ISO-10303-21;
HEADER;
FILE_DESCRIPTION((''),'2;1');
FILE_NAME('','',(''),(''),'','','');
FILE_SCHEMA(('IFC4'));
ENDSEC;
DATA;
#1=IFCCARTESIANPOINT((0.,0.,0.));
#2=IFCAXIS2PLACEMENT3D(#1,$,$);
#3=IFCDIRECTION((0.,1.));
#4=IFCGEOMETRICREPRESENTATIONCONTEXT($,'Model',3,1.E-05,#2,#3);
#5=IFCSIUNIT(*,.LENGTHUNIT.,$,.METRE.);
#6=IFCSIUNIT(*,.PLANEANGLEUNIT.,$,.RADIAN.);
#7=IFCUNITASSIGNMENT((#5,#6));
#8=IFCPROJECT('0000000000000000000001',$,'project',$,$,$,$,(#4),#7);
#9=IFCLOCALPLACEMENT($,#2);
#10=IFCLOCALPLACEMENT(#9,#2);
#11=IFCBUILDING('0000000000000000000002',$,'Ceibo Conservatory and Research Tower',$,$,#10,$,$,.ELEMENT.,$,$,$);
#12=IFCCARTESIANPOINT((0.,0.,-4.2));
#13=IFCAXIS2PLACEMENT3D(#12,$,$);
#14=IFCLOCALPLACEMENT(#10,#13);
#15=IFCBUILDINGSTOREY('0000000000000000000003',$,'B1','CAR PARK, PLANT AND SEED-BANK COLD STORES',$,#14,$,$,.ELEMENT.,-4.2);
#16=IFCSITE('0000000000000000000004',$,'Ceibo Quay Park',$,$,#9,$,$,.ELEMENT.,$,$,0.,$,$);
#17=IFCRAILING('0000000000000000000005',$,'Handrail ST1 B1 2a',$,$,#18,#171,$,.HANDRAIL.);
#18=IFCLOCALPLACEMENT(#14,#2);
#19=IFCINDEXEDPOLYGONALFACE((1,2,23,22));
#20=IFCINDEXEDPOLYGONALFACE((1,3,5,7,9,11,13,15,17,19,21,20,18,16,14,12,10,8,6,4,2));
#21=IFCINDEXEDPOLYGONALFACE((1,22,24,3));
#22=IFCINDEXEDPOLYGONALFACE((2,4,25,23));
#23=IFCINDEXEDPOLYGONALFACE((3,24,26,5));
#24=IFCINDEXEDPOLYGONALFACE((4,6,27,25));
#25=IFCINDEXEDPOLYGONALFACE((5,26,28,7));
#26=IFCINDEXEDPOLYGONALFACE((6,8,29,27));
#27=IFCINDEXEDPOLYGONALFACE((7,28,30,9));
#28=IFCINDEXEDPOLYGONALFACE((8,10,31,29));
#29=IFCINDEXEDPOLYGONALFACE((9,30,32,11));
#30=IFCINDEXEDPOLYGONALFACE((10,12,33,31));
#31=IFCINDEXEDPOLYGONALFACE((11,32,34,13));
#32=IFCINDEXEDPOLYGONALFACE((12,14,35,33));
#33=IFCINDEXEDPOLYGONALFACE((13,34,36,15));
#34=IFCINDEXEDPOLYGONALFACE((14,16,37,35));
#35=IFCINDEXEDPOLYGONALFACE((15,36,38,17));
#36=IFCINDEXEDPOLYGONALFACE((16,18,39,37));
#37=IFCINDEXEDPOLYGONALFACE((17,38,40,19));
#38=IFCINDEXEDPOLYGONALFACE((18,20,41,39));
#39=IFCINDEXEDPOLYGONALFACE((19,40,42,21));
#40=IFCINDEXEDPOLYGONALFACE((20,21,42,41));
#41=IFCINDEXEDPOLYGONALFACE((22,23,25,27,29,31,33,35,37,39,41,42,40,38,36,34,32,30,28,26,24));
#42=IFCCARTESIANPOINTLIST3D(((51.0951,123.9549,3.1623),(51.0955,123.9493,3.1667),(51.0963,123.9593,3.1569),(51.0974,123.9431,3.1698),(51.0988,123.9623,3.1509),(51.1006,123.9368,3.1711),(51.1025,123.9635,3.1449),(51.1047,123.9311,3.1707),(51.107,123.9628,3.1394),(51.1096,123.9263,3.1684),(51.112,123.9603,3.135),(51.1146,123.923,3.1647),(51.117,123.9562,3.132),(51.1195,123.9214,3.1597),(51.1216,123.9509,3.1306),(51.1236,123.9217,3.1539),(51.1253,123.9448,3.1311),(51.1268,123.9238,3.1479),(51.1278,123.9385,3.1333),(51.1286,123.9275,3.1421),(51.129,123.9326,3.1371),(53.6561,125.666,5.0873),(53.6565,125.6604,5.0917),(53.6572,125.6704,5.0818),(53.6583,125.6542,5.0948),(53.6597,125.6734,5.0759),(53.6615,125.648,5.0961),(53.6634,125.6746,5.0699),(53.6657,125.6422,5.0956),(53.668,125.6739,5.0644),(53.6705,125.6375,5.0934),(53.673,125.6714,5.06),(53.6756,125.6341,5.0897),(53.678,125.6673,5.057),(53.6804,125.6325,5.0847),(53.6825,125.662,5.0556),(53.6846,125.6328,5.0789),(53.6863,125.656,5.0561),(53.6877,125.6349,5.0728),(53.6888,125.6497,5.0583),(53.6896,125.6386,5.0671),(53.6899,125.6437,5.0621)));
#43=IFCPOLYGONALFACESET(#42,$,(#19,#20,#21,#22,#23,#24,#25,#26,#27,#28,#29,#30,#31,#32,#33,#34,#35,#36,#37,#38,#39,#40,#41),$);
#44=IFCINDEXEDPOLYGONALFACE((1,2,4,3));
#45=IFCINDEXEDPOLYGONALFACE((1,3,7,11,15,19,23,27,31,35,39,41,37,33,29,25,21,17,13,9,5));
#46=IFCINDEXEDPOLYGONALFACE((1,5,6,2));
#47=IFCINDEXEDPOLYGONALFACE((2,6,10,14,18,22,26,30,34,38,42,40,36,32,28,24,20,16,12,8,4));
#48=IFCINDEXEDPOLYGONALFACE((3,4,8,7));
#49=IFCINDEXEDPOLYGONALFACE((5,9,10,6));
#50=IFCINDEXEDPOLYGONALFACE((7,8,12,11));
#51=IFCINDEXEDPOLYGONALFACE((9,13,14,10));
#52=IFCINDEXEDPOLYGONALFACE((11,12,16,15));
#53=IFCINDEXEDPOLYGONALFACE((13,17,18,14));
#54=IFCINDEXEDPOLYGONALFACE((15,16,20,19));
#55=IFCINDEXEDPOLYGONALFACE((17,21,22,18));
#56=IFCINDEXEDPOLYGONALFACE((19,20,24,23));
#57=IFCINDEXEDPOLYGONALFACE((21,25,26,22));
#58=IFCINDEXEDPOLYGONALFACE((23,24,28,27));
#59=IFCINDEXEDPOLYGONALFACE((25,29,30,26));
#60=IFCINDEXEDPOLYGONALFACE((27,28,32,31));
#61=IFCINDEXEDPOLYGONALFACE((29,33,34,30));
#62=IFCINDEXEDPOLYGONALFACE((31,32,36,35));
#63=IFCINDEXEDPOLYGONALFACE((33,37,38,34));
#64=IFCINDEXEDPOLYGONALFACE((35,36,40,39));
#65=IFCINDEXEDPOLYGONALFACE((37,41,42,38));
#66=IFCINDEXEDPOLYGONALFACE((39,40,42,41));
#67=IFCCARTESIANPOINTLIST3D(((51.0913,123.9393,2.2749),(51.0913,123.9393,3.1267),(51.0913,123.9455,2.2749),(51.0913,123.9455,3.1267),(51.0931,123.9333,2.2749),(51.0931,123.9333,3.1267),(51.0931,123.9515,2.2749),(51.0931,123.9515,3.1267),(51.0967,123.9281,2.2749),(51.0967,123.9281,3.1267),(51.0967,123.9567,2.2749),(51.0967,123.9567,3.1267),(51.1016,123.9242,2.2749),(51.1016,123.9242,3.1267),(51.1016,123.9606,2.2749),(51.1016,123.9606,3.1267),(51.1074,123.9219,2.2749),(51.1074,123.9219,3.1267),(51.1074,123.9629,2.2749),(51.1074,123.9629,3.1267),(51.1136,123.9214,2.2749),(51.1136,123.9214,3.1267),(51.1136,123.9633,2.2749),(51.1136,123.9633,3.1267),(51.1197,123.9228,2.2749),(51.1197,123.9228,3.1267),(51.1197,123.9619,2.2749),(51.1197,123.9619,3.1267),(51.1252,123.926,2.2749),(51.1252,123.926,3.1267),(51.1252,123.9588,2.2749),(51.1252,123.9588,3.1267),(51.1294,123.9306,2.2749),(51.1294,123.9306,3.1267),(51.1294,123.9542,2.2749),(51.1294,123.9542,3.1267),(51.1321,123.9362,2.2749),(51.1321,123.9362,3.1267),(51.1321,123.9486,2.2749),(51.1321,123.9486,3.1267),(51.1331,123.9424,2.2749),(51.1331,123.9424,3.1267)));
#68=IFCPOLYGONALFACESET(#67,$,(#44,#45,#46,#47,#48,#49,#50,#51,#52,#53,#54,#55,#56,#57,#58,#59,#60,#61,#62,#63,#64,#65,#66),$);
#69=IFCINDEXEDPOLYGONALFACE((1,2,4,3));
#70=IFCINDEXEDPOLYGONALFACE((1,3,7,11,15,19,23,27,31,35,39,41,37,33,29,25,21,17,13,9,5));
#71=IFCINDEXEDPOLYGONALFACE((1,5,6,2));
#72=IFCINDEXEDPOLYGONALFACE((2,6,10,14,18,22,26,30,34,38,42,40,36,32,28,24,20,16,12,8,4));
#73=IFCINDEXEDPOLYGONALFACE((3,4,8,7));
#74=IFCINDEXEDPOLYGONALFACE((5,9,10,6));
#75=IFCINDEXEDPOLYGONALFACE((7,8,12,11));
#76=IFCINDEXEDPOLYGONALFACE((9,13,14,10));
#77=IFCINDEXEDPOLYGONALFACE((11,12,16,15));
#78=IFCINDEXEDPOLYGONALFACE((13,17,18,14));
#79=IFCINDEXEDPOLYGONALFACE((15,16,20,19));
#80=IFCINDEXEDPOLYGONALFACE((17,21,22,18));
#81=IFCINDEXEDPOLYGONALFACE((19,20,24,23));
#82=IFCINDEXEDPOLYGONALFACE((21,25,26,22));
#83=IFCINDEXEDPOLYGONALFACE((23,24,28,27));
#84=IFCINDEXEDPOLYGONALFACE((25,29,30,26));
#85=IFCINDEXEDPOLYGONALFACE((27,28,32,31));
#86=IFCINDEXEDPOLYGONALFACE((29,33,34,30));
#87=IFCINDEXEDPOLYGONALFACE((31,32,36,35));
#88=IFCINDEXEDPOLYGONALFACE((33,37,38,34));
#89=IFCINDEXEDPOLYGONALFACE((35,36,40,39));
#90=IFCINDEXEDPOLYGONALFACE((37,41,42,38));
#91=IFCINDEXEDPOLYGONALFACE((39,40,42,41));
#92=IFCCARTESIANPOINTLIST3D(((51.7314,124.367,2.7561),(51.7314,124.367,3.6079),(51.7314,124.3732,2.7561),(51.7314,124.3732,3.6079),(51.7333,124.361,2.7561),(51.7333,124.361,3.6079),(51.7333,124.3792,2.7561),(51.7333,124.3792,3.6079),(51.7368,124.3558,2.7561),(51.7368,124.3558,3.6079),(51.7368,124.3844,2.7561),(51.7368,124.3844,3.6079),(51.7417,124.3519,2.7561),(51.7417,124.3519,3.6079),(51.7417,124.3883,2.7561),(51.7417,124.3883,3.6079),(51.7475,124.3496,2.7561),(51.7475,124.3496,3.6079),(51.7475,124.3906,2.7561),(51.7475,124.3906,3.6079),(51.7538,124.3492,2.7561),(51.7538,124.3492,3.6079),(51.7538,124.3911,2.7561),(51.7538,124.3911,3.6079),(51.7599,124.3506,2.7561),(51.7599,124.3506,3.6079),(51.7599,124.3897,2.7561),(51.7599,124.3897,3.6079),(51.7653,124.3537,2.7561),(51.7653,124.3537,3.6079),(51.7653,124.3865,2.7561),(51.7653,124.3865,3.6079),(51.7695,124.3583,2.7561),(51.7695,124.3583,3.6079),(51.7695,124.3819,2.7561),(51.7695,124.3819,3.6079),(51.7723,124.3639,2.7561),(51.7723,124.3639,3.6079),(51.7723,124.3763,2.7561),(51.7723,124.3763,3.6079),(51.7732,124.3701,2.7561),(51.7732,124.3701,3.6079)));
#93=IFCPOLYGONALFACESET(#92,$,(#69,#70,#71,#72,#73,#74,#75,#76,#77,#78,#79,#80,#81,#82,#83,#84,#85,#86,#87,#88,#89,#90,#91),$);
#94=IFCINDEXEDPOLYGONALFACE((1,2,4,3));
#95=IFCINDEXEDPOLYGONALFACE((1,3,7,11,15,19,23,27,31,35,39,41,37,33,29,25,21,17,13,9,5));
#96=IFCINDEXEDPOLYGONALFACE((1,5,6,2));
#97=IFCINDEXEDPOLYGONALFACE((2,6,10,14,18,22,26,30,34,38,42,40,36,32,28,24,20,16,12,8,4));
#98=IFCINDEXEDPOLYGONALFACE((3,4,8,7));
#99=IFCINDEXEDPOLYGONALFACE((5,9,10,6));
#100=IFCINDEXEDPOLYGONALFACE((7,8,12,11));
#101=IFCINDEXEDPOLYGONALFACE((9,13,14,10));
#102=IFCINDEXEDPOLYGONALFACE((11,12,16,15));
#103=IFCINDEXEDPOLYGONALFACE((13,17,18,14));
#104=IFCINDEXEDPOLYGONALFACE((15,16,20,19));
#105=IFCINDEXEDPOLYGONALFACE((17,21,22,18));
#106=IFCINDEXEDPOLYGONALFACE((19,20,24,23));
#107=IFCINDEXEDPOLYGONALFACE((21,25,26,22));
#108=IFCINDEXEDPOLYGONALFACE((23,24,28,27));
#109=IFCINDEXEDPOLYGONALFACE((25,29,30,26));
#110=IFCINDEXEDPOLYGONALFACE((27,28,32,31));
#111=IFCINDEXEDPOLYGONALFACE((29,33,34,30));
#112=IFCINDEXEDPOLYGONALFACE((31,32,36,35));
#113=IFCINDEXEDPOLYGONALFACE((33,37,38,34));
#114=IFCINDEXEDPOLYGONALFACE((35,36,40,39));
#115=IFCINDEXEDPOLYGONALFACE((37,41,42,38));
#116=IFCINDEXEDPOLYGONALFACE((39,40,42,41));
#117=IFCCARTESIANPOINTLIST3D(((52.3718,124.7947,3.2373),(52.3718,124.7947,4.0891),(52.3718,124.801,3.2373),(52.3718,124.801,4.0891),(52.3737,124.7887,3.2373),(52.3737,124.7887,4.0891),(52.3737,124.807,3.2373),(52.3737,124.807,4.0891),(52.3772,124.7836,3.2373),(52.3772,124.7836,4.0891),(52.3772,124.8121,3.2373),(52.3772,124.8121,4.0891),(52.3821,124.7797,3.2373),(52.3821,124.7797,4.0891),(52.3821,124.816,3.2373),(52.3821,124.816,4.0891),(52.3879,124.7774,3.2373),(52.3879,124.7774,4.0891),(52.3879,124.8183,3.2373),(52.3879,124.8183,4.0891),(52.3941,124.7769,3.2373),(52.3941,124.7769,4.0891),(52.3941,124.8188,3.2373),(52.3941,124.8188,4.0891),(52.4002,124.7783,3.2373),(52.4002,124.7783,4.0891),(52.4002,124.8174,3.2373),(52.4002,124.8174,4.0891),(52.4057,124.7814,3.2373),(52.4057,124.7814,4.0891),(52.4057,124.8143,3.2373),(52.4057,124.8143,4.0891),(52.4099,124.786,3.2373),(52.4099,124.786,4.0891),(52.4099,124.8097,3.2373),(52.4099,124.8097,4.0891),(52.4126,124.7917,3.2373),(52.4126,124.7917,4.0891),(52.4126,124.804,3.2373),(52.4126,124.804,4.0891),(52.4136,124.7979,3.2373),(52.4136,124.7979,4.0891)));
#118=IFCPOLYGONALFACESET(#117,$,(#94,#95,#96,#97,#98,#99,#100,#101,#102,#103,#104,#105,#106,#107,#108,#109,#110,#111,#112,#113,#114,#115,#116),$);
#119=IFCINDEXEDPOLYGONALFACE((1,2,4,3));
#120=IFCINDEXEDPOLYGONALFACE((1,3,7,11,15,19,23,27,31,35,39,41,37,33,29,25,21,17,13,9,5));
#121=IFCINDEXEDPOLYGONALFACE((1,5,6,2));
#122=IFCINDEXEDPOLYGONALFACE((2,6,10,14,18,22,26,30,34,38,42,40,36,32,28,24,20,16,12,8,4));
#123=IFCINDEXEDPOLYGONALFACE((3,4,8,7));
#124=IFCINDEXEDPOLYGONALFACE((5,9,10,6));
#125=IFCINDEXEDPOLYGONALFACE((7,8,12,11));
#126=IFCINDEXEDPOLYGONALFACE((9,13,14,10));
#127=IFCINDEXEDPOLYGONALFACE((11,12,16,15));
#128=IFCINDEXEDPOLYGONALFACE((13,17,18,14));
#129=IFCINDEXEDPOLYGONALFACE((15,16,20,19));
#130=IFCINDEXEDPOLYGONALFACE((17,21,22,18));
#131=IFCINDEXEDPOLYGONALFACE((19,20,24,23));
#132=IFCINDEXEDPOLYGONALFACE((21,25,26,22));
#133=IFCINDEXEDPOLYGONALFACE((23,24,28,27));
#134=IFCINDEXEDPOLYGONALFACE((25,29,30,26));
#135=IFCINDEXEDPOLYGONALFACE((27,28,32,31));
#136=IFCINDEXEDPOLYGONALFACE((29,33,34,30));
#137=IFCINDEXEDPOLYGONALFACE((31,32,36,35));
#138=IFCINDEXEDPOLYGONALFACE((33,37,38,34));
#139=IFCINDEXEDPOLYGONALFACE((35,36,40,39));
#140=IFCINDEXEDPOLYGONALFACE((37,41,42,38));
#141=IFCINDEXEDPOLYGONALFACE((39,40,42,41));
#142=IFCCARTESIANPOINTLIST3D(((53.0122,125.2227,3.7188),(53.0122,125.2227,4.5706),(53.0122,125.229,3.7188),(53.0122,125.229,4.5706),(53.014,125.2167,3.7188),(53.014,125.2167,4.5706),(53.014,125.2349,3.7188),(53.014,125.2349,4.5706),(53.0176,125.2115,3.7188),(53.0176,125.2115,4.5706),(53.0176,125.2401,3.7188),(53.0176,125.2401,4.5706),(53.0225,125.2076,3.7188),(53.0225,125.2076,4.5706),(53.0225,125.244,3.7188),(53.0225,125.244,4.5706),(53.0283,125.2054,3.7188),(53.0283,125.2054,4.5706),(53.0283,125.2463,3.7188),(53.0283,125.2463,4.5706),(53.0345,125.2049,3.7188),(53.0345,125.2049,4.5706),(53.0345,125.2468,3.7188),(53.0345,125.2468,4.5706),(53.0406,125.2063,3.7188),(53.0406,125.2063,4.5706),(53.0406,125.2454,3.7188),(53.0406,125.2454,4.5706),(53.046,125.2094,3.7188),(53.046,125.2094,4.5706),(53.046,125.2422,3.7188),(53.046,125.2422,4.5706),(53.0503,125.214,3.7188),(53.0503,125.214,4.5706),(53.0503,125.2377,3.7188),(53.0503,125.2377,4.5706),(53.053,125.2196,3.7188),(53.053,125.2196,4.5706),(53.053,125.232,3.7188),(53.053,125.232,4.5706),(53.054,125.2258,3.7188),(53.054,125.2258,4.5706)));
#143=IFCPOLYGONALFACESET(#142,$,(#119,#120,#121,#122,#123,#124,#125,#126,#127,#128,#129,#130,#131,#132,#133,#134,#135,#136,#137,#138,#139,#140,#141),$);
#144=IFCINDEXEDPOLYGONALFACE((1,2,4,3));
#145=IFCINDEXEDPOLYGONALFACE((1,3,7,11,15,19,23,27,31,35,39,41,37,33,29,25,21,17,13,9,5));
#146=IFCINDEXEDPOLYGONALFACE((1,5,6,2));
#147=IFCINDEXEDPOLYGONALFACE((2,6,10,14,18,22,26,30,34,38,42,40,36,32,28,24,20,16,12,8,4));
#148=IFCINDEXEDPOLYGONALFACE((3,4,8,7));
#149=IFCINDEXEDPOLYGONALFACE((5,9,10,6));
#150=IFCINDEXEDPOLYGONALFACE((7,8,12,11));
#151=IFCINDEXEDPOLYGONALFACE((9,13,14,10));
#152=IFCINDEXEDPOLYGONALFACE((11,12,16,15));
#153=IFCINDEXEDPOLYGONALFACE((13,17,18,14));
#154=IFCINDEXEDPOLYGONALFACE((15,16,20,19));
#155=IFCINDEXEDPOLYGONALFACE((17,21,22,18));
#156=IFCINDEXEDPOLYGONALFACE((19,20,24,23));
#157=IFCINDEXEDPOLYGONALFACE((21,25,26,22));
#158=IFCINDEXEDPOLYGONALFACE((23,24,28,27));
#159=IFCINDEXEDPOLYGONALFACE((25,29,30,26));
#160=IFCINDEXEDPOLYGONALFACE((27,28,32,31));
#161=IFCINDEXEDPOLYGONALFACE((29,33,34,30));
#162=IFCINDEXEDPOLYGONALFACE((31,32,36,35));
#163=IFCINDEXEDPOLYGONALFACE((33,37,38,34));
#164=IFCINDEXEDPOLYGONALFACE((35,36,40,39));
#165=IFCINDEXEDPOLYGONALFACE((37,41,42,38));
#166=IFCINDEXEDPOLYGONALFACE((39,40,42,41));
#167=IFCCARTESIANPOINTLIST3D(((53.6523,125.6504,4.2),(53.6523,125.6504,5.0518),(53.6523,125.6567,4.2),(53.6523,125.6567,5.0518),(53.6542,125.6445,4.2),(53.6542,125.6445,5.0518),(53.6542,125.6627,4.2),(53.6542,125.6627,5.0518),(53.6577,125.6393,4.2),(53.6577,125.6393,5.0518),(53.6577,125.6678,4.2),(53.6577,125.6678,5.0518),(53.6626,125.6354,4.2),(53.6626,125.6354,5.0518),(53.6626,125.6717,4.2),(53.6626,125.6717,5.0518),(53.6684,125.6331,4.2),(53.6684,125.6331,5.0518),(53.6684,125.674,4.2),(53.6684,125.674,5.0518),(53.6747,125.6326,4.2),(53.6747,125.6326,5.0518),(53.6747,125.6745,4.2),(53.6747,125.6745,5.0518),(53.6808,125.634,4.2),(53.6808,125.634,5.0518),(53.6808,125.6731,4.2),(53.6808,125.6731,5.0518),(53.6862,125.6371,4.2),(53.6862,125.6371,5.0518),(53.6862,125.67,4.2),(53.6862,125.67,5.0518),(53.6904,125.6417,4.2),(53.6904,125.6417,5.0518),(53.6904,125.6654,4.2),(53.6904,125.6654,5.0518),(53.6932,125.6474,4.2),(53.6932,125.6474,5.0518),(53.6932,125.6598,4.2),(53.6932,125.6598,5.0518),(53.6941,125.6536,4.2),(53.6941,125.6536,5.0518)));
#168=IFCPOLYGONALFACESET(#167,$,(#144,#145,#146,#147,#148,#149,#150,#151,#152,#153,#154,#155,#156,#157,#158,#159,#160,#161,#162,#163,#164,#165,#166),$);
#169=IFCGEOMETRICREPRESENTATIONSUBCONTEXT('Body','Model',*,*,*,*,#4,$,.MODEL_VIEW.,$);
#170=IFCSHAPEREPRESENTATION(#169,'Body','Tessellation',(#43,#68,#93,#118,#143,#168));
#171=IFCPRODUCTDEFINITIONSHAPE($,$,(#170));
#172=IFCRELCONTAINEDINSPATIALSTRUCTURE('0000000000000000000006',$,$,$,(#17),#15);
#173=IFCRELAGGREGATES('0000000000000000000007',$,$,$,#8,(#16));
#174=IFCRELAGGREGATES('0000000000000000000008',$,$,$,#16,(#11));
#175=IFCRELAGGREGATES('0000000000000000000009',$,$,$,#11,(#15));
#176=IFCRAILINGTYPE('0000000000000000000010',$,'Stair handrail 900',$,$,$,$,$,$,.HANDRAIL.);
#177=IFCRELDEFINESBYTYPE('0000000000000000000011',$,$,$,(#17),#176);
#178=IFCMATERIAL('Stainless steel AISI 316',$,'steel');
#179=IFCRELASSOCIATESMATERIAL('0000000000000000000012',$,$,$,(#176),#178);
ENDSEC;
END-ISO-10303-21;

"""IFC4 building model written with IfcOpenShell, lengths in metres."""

from ifc_helpers import new_model, si_unit, direction, frame, origin, origin_2d, place, context, subcontext, project, spatial, circle, extrude, material, type_object, element, save


model = new_model("IFC4")

# Units and contexts
model_context = context("Model", 3, precision=1e-05, world=origin(), true_north=direction((0.0, 1.0)))
body_context = subcontext(model_context, "Body", "Model", "MODEL_VIEW")
ifc_project = project(units=[si_unit("LENGTHUNIT", "METRE"), si_unit("PLANEANGLEUNIT", "RADIAN")], contexts=[model_context])

# Site, building, storey
site_placement = place(None, origin())
site = spatial("IfcSite", under=ifc_project, at=site_placement, Name="Ceibo Quay Park", CompositionType="ELEMENT", RefElevation=0.0)
building_placement = place(site_placement, origin())
building = spatial("IfcBuilding", under=site, at=building_placement, Name="Ceibo Conservatory and Research Tower", CompositionType="ELEMENT")
storey_placement = place(building_placement, frame((0.0, 0.0, -4.2)))
storey = spatial("IfcBuildingStorey", under=building, at=storey_placement, Name="B1", Description="CAR PARK, PLANT AND SEED-BANK COLD STORES", CompositionType="ELEMENT", Elevation=-4.2)

# Railing
ifc_material_1 = material(Name="Stainless steel AISI 316", Category="steel")
railing_type = type_object("IfcRailingType", Name="Stair handrail 900", PredefinedType="HANDRAIL", material=ifc_material_1)
railing_1_placement = place(storey_placement, frame((51.1121, 123.9424, 2.2749)))
element("IfcRailing", 1, at=railing_1_placement, inside=storey, type_object=railing_type, Name="Handrail ST1 B1 2a", PredefinedType="HANDRAIL", context=body_context, shape_type="SweptSolid", body=[
    extrude(circle(Radius=0.0239, at=origin_2d()), frame((0.0, 0.0, 0.876), z_axis=(0.705093, 0.471115, 0.529996), x_axis=(-0.55556, 0.831477, 0.0)), (0.0, 0.0, 1.0), 3.6321),
    extrude(circle(Radius=0.021, at=origin_2d()), origin(), (0.0, 0.0, 1.0), 0.8518),
    extrude(circle(Radius=0.021, at=origin_2d()), frame((0.6401, 0.4277, 0.4812)), (0.0, 0.0, 1.0), 0.8518),
    extrude(circle(Radius=0.021, at=origin_2d()), frame((1.2805, 0.8555, 0.9624)), (0.0, 0.0, 1.0), 0.8518),
    extrude(circle(Radius=0.021, at=origin_2d()), frame((1.9209, 1.2834, 1.4438)), (0.0, 0.0, 1.0), 0.8518),
    extrude(circle(Radius=0.021, at=origin_2d()), frame((2.561, 1.7112, 1.925)), (0.0, 0.0, 1.0), 0.8518),
])

save(model, "model.ifc")
